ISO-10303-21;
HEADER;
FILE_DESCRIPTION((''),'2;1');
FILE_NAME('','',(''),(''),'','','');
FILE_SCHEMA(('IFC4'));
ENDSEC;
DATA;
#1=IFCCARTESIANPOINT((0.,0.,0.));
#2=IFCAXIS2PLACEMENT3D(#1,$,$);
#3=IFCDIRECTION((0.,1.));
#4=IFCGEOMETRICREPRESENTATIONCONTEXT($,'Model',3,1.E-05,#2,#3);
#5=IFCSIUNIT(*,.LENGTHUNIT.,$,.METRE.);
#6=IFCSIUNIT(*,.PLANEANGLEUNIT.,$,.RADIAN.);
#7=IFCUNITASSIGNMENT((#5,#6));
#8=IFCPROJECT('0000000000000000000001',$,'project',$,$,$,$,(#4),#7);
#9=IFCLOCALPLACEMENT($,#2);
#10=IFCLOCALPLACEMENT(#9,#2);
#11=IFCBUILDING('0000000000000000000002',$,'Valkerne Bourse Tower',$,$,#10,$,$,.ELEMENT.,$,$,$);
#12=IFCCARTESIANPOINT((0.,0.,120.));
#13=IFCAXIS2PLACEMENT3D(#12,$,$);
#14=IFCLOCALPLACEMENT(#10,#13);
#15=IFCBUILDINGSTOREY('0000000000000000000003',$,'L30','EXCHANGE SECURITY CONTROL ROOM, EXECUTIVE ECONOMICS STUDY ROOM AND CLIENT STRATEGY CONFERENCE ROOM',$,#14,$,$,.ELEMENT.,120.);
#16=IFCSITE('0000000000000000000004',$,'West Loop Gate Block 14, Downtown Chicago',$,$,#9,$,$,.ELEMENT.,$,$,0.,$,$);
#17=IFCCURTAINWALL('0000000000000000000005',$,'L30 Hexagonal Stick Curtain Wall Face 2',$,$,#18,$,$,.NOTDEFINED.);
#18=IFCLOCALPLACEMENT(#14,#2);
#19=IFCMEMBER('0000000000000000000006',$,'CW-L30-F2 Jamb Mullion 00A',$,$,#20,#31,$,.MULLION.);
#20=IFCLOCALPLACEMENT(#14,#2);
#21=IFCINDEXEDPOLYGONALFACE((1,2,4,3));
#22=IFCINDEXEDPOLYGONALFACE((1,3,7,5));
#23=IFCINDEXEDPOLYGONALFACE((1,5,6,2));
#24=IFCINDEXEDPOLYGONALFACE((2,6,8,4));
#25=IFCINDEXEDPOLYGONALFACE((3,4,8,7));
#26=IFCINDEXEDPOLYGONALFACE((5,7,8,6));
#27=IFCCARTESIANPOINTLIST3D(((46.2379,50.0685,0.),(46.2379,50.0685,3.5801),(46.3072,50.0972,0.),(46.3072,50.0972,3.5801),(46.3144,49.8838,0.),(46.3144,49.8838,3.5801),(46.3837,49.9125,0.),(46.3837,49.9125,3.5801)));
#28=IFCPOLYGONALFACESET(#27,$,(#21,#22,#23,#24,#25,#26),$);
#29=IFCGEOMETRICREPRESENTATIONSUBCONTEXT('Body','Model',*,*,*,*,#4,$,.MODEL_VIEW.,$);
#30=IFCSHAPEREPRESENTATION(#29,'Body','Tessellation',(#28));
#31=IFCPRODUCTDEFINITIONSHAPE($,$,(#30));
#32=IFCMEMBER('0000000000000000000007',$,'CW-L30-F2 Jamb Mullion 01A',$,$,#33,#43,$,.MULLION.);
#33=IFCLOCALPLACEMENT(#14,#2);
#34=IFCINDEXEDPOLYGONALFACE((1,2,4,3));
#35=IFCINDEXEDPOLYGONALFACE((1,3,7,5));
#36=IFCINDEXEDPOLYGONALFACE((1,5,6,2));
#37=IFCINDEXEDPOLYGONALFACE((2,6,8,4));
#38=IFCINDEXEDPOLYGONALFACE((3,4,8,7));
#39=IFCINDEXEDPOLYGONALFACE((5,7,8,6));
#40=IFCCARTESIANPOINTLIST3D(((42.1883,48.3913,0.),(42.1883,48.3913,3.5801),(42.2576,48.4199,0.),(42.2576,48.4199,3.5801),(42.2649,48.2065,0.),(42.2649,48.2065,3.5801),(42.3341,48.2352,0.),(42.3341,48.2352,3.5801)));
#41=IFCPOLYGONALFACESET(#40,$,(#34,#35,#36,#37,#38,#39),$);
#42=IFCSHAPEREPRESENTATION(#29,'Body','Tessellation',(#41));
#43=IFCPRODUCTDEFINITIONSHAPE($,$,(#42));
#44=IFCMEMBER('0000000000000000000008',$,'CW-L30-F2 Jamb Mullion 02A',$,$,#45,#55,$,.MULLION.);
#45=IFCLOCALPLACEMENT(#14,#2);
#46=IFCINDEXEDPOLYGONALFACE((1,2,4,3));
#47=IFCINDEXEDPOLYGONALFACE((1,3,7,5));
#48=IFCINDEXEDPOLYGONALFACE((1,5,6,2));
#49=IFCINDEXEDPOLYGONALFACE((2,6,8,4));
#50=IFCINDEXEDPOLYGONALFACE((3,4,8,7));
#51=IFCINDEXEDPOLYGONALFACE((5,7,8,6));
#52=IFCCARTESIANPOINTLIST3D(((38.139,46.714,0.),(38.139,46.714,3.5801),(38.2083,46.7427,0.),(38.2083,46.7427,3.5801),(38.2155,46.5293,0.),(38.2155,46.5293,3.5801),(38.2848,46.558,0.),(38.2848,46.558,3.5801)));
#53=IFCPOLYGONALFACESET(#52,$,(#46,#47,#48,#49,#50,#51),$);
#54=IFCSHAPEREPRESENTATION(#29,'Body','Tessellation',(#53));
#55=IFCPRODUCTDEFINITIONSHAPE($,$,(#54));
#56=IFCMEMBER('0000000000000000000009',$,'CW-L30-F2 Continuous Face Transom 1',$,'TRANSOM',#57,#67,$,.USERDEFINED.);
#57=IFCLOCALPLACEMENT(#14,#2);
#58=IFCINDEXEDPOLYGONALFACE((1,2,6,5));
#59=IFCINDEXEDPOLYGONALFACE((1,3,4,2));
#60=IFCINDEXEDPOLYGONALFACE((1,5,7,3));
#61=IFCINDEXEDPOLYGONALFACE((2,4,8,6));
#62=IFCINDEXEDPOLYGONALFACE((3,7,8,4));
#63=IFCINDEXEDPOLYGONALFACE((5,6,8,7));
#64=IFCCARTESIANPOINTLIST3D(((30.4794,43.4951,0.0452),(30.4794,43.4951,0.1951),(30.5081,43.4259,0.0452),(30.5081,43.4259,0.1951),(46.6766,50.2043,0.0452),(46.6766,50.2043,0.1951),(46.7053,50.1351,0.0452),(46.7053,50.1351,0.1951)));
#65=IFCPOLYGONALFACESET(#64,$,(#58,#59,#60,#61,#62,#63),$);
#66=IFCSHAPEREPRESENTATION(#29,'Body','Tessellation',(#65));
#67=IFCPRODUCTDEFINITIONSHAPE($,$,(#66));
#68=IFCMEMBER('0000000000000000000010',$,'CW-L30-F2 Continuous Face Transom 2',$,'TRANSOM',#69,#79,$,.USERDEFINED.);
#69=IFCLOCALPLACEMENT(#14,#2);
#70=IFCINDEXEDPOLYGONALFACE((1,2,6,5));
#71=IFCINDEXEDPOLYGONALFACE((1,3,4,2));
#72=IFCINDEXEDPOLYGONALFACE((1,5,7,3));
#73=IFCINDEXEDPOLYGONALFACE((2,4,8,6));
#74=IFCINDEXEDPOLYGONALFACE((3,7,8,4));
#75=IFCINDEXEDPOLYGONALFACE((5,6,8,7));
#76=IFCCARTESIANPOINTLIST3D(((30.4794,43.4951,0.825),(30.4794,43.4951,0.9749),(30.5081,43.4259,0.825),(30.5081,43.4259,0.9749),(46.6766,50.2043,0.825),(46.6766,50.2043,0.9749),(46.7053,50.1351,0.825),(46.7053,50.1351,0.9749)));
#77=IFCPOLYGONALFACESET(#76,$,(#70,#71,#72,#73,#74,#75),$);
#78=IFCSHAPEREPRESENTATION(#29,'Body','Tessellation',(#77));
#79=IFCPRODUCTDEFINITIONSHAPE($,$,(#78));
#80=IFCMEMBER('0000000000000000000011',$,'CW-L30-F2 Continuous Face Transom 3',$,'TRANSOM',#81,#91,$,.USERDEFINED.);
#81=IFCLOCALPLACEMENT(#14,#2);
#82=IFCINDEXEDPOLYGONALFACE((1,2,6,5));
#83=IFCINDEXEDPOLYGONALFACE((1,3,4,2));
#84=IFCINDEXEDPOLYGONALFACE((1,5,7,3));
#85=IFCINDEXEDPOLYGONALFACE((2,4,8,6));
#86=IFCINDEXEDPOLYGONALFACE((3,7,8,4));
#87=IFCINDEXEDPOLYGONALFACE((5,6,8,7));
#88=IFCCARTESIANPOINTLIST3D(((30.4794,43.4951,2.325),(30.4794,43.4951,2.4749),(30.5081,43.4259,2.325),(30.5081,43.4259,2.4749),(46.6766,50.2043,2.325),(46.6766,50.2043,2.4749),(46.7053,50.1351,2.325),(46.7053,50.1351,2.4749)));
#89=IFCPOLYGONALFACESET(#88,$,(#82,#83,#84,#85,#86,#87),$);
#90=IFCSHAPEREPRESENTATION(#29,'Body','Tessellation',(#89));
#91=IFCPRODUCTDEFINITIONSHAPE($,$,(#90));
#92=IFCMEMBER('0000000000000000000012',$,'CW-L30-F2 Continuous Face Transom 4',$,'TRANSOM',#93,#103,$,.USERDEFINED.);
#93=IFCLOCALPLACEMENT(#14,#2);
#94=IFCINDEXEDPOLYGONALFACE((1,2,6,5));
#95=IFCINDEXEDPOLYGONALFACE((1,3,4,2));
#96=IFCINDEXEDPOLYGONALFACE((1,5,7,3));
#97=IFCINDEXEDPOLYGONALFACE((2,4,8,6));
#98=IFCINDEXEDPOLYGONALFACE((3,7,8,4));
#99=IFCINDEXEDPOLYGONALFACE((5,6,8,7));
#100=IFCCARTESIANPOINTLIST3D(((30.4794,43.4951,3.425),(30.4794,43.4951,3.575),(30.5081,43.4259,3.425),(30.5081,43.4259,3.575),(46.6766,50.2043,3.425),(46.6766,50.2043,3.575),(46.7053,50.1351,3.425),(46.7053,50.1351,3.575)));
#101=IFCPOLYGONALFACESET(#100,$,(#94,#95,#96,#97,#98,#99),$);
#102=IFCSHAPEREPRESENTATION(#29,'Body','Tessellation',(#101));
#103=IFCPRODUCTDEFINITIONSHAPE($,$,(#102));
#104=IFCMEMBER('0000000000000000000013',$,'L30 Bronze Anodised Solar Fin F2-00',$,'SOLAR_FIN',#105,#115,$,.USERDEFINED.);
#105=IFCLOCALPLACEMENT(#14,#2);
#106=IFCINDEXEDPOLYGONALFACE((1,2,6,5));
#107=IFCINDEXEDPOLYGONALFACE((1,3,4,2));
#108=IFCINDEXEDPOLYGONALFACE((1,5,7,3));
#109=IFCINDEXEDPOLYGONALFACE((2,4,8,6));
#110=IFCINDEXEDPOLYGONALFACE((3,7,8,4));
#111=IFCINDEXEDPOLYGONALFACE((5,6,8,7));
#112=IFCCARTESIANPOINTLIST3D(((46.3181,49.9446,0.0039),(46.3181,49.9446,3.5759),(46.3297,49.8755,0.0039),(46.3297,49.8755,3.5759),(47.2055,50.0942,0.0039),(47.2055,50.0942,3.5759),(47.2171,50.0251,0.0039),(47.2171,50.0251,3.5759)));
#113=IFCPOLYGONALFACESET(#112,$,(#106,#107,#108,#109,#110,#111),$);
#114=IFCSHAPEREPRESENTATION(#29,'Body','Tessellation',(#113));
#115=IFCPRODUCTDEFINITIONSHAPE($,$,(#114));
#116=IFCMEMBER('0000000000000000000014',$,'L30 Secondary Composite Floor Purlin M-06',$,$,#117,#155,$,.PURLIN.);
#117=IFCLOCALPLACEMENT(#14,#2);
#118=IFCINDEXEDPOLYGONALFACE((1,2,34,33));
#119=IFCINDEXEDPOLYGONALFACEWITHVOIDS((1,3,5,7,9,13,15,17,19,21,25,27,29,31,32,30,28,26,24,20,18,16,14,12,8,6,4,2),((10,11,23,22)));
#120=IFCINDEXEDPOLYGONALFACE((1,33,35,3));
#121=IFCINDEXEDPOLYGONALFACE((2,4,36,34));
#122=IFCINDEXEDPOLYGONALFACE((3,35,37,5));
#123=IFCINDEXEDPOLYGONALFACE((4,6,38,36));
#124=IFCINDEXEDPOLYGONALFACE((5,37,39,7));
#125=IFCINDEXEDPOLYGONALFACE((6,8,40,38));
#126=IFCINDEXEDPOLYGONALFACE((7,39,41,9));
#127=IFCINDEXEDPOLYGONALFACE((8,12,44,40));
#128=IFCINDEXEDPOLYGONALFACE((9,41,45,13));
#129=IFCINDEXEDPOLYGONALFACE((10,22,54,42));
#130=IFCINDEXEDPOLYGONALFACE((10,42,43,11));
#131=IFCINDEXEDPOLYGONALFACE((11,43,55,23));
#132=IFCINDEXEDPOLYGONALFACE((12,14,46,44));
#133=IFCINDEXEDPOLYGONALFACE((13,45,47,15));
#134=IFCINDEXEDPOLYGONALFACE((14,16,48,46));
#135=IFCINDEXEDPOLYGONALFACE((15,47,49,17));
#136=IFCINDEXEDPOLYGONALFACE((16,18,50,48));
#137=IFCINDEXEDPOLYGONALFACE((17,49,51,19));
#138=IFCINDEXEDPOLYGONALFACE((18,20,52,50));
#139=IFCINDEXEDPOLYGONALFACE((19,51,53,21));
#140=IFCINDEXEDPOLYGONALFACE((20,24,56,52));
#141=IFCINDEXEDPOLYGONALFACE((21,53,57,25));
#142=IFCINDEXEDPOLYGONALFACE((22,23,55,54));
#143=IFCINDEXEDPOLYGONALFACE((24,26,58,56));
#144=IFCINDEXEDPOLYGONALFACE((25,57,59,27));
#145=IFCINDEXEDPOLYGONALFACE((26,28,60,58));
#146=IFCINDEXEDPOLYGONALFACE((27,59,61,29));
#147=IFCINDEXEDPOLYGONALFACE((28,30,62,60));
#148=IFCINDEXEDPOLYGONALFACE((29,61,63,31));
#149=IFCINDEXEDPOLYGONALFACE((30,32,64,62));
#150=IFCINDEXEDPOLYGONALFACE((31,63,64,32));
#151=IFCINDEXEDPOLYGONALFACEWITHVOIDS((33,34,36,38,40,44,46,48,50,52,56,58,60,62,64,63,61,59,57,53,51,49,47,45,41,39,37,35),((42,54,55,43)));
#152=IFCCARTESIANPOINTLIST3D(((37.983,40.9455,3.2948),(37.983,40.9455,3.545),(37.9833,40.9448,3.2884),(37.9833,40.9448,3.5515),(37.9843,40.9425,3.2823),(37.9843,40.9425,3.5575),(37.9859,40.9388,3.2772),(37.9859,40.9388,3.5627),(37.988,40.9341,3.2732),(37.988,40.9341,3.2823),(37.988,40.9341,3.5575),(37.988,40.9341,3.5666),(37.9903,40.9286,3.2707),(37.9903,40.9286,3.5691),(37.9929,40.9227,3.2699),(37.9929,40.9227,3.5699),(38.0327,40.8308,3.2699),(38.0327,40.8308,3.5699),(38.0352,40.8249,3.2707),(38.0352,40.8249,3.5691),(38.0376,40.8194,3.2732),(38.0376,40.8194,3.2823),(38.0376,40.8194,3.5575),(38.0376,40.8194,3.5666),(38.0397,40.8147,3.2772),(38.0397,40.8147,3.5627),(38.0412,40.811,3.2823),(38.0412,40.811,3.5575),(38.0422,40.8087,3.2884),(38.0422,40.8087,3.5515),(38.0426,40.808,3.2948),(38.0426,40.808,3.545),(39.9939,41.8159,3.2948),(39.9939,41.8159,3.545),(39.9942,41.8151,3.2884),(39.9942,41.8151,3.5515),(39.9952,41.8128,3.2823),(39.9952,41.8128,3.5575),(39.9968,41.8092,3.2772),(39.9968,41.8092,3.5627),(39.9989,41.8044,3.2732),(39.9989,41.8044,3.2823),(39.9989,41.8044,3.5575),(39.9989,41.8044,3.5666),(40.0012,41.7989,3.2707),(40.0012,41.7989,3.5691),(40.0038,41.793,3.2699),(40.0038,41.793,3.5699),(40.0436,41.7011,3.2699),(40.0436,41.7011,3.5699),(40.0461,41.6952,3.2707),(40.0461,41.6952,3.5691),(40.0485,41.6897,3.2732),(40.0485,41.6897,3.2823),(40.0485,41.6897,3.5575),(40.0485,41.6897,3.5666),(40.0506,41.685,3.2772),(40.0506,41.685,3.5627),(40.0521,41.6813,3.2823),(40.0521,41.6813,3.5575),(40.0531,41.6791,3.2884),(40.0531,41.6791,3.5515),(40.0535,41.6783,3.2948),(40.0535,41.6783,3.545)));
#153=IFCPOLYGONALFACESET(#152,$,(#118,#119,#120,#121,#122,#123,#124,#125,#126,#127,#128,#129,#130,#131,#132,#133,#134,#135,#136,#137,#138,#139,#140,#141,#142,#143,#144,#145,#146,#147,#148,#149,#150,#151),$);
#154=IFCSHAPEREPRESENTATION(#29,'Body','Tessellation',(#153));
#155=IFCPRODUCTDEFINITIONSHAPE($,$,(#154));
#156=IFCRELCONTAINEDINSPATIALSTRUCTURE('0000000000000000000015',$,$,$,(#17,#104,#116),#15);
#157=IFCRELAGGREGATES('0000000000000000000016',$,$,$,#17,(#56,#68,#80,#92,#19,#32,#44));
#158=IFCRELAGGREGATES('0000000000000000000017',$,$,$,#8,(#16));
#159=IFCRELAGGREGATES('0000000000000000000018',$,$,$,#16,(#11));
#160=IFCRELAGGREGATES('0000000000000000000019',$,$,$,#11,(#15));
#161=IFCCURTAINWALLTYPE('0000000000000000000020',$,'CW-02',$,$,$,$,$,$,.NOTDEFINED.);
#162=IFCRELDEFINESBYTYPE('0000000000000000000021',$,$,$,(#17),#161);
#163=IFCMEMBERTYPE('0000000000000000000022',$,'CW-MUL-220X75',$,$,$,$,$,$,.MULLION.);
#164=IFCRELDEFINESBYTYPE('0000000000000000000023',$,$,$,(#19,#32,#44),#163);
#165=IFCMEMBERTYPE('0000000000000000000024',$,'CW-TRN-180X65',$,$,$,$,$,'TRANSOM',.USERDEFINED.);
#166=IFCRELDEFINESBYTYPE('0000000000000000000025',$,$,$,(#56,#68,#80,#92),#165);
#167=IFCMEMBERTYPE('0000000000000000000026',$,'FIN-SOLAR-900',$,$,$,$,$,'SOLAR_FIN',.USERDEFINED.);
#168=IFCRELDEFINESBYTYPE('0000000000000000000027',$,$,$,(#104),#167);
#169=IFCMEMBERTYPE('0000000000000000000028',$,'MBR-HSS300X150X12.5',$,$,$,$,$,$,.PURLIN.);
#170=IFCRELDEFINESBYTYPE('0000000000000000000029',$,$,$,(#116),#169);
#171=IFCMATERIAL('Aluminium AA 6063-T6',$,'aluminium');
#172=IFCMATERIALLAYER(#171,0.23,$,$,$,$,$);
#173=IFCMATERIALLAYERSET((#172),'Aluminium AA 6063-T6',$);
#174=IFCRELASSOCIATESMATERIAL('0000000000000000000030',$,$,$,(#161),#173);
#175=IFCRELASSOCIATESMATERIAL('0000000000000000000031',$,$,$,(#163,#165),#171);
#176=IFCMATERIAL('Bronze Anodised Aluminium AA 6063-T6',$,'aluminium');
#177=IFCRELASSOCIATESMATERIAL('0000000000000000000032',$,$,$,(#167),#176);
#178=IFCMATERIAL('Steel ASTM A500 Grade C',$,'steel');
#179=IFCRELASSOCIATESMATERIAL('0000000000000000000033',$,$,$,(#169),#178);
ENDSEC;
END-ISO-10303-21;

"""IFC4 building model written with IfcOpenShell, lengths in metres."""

from ifc_helpers import new_model, si_unit, direction, frame, origin, origin_2d, place, context, subcontext, project, spatial, rectangle, hollow_rectangle, extrude, material, layer, layer_set, material_profile, profile_set, type_object, element, aggregate, save


model = new_model("IFC4")

# Units and contexts
model_context = context("Model", 3, precision=1e-05, world=origin(), true_north=direction((0.0, 1.0)))
body_context = subcontext(model_context, "Body", "Model", "MODEL_VIEW")
ifc_project = project(units=[si_unit("LENGTHUNIT", "METRE"), si_unit("PLANEANGLEUNIT", "RADIAN")], contexts=[model_context])

# Site, building, storey
site_placement = place(None, origin())
site = spatial("IfcSite", under=ifc_project, at=site_placement, Name="West Loop Gate Block 14, Downtown Chicago", CompositionType="ELEMENT", RefElevation=0.0)
building_placement = place(site_placement, origin())
building = spatial("IfcBuilding", under=site, at=building_placement, Name="Valkerne Bourse Tower", CompositionType="ELEMENT")
storey_placement = place(building_placement, frame((0.0, 0.0, 120.0)))
storey = spatial("IfcBuildingStorey", under=building, at=storey_placement, Name="L30", Description="EXCHANGE SECURITY CONTROL ROOM, EXECUTIVE ECONOMICS STUDY ROOM AND CLIENT STRATEGY CONFERENCE ROOM", CompositionType="ELEMENT", Elevation=120.0)

# Curtain wall, members
ifc_material_1 = material(Name="Aluminium AA 6063-T6", Category="aluminium")
ifc_layer_1 = layer(ifc_material_1, 0.23)
ifc_layer_set_1 = layer_set([ifc_layer_1], Name="Aluminium AA 6063-T6")
curtain_wall_type = type_object("IfcCurtainWallType", Name="CW-02", PredefinedType="NOTDEFINED", material=ifc_layer_set_1)
curtain_wall_placement = place(storey_placement, origin())
curtain_wall = element("IfcCurtainWall", 1, at=curtain_wall_placement, inside=storey, type_object=curtain_wall_type, Name="L30 Hexagonal Stick Curtain Wall Face 2", PredefinedType="NOTDEFINED")
ifc_material_profile_1 = material_profile(ifc_material_1, rectangle(XDim=0.075, YDim=0.2, at=origin_2d()), Name="CWM-75X200")
ifc_profile_set_1 = profile_set([ifc_material_profile_1], Name="Aluminium AA 6063-T6")
member_type_1 = type_object("IfcMemberType", Name="CW-MUL-220X75", PredefinedType="MULLION", material=ifc_profile_set_1)
member_1_placement = place(storey_placement, frame((46.3108, 49.9905, 0.0), z_axis=(0.0, 0.0, 1.0), x_axis=(-0.923881, -0.38268, 0.0)))
member_1 = element("IfcMember", 2, at=member_1_placement, type_object=member_type_1, Name="CW-L30-F2 Jamb Mullion 00A", PredefinedType="MULLION", context=body_context, shape_type="SweptSolid", body=[
    extrude(rectangle(XDim=0.075, YDim=0.2, at=origin_2d()), origin(), (0.0, 0.0, 1.0), 3.5801),
])
member_2_placement = place(storey_placement, frame((42.2612, 48.3132, 0.0), z_axis=(0.0, 0.0, 1.0), x_axis=(-0.923878, -0.382688, 0.0)))
member_2 = element("IfcMember", 3, at=member_2_placement, type_object=member_type_1, Name="CW-L30-F2 Jamb Mullion 01A", PredefinedType="MULLION", context=body_context, shape_type="SweptSolid", body=[
    extrude(rectangle(XDim=0.075, YDim=0.2, at=origin_2d()), origin(), (0.0, 0.0, 1.0), 3.5801),
])
member_3_placement = place(storey_placement, frame((38.2119, 46.636, 0.0), z_axis=(0.0, 0.0, 1.0), x_axis=(-0.923881, -0.38268, 0.0)))
member_3 = element("IfcMember", 4, at=member_3_placement, type_object=member_type_1, Name="CW-L30-F2 Jamb Mullion 02A", PredefinedType="MULLION", context=body_context, shape_type="SweptSolid", body=[
    extrude(rectangle(XDim=0.075, YDim=0.2, at=origin_2d()), origin(), (0.0, 0.0, 1.0), 3.5801),
])
ifc_material_profile_2 = material_profile(ifc_material_1, rectangle(XDim=0.075, YDim=0.1499, at=origin_2d()), Name="CWT-75X150")
ifc_profile_set_2 = profile_set([ifc_material_profile_2], Name="Aluminium AA 6063-T6")
member_type_2 = type_object("IfcMemberType", Name="CW-TRN-180X65", ElementType="TRANSOM", PredefinedType="USERDEFINED", material=ifc_profile_set_2)
member_4_placement = place(storey_placement, frame((46.6909, 50.1697, 0.1201), z_axis=(-0.923877, -0.382688, 0.0), x_axis=(0.382688, -0.923877, 0.0)))
member_4 = element("IfcMember", 5, at=member_4_placement, type_object=member_type_2, Name="CW-L30-F2 Continuous Face Transom 1", ObjectType="TRANSOM", PredefinedType="USERDEFINED", context=body_context, shape_type="SweptSolid", body=[
    extrude(rectangle(XDim=0.075, YDim=0.1499, at=origin_2d()), origin(), (0.0, 0.0, 1.0), 17.5317),
])
member_5_placement = place(storey_placement, frame((46.6909, 50.1697, 0.8999), z_axis=(-0.923877, -0.382688, 0.0), x_axis=(0.382688, -0.923877, 0.0)))
member_5 = element("IfcMember", 6, at=member_5_placement, type_object=member_type_2, Name="CW-L30-F2 Continuous Face Transom 2", ObjectType="TRANSOM", PredefinedType="USERDEFINED", context=body_context, shape_type="SweptSolid", body=[
    extrude(rectangle(XDim=0.075, YDim=0.1499, at=origin_2d()), origin(), (0.0, 0.0, 1.0), 17.5317),
])
member_6_placement = place(storey_placement, frame((46.6909, 50.1697, 2.3999), z_axis=(-0.923877, -0.382688, 0.0), x_axis=(0.382688, -0.923877, 0.0)))
member_6 = element("IfcMember", 7, at=member_6_placement, type_object=member_type_2, Name="CW-L30-F2 Continuous Face Transom 3", ObjectType="TRANSOM", PredefinedType="USERDEFINED", context=body_context, shape_type="SweptSolid", body=[
    extrude(rectangle(XDim=0.075, YDim=0.1499, at=origin_2d()), origin(), (0.0, 0.0, 1.0), 17.5317),
])
member_7_placement = place(storey_placement, frame((46.6909, 50.1697, 3.5), z_axis=(-0.923877, -0.382688, 0.0), x_axis=(0.382688, -0.923877, 0.0)))
member_7 = element("IfcMember", 8, at=member_7_placement, type_object=member_type_2, Name="CW-L30-F2 Continuous Face Transom 4", ObjectType="TRANSOM", PredefinedType="USERDEFINED", context=body_context, shape_type="SweptSolid", body=[
    extrude(rectangle(XDim=0.075, YDim=0.1499, at=origin_2d()), origin(), (0.0, 0.0, 1.0), 17.5317),
])

# Members
ifc_material_2 = material(Name="Bronze Anodised Aluminium AA 6063-T6", Category="aluminium")
ifc_material_profile_3 = material_profile(ifc_material_2, rectangle(XDim=0.0701, YDim=0.8999, at=origin_2d()), Name="FIN-70X900")
ifc_profile_set_3 = profile_set([ifc_material_profile_3], Name="Bronze Anodised Aluminium AA 6063-T6")
member_type_3 = type_object("IfcMemberType", Name="FIN-SOLAR-900", ElementType="SOLAR_FIN", PredefinedType="USERDEFINED", material=ifc_profile_set_3)
member_8_placement = place(storey_placement, frame((46.7676, 49.9849, 0.0039), z_axis=(0.0, 0.0, 1.0), x_axis=(-0.166175, 0.986096, 0.0)))
element("IfcMember", 9, at=member_8_placement, inside=storey, type_object=member_type_3, Name="L30 Bronze Anodised Solar Fin F2-00", ObjectType="SOLAR_FIN", PredefinedType="USERDEFINED", context=body_context, shape_type="SweptSolid", body=[
    extrude(rectangle(XDim=0.0701, YDim=0.8999, at=origin_2d()), origin(), (0.0, 0.0, 1.0), 3.572),
])
ifc_material_3 = material(Name="Steel ASTM A500 Grade C", Category="steel")
ifc_material_profile_4 = material_profile(ifc_material_3, hollow_rectangle(XDim=0.1499, YDim=0.3, WallThickness=0.0125, OuterFilletRadius=0.0249, at=origin_2d()), Name="HSS300X150X12.5")
ifc_profile_set_4 = profile_set([ifc_material_profile_4], Name="Steel ASTM A500 Grade C")
member_type_4 = type_object("IfcMemberType", Name="MBR-HSS300X150X12.5", PredefinedType="PURLIN", material=ifc_profile_set_4)
member_9_placement = place(storey_placement, frame((40.0237, 41.7471, 3.4199), z_axis=(-0.917733, -0.397198, 0.0), x_axis=(0.397198, -0.917733, 0.0)))
element("IfcMember", 10, at=member_9_placement, inside=storey, type_object=member_type_4, Name="L30 Secondary Composite Floor Purlin M-06", PredefinedType="PURLIN", context=body_context, shape_type="SweptSolid", body=[
    extrude(hollow_rectangle(XDim=0.1499, YDim=0.3, WallThickness=0.0125, OuterFilletRadius=0.0249, at=origin_2d()), origin(), (0.0, 0.0, 1.0), 2.1912),
])

aggregate(curtain_wall, [member_4, member_5, member_6, member_7, member_1, member_2, member_3])

save(model, "model.ifc")
